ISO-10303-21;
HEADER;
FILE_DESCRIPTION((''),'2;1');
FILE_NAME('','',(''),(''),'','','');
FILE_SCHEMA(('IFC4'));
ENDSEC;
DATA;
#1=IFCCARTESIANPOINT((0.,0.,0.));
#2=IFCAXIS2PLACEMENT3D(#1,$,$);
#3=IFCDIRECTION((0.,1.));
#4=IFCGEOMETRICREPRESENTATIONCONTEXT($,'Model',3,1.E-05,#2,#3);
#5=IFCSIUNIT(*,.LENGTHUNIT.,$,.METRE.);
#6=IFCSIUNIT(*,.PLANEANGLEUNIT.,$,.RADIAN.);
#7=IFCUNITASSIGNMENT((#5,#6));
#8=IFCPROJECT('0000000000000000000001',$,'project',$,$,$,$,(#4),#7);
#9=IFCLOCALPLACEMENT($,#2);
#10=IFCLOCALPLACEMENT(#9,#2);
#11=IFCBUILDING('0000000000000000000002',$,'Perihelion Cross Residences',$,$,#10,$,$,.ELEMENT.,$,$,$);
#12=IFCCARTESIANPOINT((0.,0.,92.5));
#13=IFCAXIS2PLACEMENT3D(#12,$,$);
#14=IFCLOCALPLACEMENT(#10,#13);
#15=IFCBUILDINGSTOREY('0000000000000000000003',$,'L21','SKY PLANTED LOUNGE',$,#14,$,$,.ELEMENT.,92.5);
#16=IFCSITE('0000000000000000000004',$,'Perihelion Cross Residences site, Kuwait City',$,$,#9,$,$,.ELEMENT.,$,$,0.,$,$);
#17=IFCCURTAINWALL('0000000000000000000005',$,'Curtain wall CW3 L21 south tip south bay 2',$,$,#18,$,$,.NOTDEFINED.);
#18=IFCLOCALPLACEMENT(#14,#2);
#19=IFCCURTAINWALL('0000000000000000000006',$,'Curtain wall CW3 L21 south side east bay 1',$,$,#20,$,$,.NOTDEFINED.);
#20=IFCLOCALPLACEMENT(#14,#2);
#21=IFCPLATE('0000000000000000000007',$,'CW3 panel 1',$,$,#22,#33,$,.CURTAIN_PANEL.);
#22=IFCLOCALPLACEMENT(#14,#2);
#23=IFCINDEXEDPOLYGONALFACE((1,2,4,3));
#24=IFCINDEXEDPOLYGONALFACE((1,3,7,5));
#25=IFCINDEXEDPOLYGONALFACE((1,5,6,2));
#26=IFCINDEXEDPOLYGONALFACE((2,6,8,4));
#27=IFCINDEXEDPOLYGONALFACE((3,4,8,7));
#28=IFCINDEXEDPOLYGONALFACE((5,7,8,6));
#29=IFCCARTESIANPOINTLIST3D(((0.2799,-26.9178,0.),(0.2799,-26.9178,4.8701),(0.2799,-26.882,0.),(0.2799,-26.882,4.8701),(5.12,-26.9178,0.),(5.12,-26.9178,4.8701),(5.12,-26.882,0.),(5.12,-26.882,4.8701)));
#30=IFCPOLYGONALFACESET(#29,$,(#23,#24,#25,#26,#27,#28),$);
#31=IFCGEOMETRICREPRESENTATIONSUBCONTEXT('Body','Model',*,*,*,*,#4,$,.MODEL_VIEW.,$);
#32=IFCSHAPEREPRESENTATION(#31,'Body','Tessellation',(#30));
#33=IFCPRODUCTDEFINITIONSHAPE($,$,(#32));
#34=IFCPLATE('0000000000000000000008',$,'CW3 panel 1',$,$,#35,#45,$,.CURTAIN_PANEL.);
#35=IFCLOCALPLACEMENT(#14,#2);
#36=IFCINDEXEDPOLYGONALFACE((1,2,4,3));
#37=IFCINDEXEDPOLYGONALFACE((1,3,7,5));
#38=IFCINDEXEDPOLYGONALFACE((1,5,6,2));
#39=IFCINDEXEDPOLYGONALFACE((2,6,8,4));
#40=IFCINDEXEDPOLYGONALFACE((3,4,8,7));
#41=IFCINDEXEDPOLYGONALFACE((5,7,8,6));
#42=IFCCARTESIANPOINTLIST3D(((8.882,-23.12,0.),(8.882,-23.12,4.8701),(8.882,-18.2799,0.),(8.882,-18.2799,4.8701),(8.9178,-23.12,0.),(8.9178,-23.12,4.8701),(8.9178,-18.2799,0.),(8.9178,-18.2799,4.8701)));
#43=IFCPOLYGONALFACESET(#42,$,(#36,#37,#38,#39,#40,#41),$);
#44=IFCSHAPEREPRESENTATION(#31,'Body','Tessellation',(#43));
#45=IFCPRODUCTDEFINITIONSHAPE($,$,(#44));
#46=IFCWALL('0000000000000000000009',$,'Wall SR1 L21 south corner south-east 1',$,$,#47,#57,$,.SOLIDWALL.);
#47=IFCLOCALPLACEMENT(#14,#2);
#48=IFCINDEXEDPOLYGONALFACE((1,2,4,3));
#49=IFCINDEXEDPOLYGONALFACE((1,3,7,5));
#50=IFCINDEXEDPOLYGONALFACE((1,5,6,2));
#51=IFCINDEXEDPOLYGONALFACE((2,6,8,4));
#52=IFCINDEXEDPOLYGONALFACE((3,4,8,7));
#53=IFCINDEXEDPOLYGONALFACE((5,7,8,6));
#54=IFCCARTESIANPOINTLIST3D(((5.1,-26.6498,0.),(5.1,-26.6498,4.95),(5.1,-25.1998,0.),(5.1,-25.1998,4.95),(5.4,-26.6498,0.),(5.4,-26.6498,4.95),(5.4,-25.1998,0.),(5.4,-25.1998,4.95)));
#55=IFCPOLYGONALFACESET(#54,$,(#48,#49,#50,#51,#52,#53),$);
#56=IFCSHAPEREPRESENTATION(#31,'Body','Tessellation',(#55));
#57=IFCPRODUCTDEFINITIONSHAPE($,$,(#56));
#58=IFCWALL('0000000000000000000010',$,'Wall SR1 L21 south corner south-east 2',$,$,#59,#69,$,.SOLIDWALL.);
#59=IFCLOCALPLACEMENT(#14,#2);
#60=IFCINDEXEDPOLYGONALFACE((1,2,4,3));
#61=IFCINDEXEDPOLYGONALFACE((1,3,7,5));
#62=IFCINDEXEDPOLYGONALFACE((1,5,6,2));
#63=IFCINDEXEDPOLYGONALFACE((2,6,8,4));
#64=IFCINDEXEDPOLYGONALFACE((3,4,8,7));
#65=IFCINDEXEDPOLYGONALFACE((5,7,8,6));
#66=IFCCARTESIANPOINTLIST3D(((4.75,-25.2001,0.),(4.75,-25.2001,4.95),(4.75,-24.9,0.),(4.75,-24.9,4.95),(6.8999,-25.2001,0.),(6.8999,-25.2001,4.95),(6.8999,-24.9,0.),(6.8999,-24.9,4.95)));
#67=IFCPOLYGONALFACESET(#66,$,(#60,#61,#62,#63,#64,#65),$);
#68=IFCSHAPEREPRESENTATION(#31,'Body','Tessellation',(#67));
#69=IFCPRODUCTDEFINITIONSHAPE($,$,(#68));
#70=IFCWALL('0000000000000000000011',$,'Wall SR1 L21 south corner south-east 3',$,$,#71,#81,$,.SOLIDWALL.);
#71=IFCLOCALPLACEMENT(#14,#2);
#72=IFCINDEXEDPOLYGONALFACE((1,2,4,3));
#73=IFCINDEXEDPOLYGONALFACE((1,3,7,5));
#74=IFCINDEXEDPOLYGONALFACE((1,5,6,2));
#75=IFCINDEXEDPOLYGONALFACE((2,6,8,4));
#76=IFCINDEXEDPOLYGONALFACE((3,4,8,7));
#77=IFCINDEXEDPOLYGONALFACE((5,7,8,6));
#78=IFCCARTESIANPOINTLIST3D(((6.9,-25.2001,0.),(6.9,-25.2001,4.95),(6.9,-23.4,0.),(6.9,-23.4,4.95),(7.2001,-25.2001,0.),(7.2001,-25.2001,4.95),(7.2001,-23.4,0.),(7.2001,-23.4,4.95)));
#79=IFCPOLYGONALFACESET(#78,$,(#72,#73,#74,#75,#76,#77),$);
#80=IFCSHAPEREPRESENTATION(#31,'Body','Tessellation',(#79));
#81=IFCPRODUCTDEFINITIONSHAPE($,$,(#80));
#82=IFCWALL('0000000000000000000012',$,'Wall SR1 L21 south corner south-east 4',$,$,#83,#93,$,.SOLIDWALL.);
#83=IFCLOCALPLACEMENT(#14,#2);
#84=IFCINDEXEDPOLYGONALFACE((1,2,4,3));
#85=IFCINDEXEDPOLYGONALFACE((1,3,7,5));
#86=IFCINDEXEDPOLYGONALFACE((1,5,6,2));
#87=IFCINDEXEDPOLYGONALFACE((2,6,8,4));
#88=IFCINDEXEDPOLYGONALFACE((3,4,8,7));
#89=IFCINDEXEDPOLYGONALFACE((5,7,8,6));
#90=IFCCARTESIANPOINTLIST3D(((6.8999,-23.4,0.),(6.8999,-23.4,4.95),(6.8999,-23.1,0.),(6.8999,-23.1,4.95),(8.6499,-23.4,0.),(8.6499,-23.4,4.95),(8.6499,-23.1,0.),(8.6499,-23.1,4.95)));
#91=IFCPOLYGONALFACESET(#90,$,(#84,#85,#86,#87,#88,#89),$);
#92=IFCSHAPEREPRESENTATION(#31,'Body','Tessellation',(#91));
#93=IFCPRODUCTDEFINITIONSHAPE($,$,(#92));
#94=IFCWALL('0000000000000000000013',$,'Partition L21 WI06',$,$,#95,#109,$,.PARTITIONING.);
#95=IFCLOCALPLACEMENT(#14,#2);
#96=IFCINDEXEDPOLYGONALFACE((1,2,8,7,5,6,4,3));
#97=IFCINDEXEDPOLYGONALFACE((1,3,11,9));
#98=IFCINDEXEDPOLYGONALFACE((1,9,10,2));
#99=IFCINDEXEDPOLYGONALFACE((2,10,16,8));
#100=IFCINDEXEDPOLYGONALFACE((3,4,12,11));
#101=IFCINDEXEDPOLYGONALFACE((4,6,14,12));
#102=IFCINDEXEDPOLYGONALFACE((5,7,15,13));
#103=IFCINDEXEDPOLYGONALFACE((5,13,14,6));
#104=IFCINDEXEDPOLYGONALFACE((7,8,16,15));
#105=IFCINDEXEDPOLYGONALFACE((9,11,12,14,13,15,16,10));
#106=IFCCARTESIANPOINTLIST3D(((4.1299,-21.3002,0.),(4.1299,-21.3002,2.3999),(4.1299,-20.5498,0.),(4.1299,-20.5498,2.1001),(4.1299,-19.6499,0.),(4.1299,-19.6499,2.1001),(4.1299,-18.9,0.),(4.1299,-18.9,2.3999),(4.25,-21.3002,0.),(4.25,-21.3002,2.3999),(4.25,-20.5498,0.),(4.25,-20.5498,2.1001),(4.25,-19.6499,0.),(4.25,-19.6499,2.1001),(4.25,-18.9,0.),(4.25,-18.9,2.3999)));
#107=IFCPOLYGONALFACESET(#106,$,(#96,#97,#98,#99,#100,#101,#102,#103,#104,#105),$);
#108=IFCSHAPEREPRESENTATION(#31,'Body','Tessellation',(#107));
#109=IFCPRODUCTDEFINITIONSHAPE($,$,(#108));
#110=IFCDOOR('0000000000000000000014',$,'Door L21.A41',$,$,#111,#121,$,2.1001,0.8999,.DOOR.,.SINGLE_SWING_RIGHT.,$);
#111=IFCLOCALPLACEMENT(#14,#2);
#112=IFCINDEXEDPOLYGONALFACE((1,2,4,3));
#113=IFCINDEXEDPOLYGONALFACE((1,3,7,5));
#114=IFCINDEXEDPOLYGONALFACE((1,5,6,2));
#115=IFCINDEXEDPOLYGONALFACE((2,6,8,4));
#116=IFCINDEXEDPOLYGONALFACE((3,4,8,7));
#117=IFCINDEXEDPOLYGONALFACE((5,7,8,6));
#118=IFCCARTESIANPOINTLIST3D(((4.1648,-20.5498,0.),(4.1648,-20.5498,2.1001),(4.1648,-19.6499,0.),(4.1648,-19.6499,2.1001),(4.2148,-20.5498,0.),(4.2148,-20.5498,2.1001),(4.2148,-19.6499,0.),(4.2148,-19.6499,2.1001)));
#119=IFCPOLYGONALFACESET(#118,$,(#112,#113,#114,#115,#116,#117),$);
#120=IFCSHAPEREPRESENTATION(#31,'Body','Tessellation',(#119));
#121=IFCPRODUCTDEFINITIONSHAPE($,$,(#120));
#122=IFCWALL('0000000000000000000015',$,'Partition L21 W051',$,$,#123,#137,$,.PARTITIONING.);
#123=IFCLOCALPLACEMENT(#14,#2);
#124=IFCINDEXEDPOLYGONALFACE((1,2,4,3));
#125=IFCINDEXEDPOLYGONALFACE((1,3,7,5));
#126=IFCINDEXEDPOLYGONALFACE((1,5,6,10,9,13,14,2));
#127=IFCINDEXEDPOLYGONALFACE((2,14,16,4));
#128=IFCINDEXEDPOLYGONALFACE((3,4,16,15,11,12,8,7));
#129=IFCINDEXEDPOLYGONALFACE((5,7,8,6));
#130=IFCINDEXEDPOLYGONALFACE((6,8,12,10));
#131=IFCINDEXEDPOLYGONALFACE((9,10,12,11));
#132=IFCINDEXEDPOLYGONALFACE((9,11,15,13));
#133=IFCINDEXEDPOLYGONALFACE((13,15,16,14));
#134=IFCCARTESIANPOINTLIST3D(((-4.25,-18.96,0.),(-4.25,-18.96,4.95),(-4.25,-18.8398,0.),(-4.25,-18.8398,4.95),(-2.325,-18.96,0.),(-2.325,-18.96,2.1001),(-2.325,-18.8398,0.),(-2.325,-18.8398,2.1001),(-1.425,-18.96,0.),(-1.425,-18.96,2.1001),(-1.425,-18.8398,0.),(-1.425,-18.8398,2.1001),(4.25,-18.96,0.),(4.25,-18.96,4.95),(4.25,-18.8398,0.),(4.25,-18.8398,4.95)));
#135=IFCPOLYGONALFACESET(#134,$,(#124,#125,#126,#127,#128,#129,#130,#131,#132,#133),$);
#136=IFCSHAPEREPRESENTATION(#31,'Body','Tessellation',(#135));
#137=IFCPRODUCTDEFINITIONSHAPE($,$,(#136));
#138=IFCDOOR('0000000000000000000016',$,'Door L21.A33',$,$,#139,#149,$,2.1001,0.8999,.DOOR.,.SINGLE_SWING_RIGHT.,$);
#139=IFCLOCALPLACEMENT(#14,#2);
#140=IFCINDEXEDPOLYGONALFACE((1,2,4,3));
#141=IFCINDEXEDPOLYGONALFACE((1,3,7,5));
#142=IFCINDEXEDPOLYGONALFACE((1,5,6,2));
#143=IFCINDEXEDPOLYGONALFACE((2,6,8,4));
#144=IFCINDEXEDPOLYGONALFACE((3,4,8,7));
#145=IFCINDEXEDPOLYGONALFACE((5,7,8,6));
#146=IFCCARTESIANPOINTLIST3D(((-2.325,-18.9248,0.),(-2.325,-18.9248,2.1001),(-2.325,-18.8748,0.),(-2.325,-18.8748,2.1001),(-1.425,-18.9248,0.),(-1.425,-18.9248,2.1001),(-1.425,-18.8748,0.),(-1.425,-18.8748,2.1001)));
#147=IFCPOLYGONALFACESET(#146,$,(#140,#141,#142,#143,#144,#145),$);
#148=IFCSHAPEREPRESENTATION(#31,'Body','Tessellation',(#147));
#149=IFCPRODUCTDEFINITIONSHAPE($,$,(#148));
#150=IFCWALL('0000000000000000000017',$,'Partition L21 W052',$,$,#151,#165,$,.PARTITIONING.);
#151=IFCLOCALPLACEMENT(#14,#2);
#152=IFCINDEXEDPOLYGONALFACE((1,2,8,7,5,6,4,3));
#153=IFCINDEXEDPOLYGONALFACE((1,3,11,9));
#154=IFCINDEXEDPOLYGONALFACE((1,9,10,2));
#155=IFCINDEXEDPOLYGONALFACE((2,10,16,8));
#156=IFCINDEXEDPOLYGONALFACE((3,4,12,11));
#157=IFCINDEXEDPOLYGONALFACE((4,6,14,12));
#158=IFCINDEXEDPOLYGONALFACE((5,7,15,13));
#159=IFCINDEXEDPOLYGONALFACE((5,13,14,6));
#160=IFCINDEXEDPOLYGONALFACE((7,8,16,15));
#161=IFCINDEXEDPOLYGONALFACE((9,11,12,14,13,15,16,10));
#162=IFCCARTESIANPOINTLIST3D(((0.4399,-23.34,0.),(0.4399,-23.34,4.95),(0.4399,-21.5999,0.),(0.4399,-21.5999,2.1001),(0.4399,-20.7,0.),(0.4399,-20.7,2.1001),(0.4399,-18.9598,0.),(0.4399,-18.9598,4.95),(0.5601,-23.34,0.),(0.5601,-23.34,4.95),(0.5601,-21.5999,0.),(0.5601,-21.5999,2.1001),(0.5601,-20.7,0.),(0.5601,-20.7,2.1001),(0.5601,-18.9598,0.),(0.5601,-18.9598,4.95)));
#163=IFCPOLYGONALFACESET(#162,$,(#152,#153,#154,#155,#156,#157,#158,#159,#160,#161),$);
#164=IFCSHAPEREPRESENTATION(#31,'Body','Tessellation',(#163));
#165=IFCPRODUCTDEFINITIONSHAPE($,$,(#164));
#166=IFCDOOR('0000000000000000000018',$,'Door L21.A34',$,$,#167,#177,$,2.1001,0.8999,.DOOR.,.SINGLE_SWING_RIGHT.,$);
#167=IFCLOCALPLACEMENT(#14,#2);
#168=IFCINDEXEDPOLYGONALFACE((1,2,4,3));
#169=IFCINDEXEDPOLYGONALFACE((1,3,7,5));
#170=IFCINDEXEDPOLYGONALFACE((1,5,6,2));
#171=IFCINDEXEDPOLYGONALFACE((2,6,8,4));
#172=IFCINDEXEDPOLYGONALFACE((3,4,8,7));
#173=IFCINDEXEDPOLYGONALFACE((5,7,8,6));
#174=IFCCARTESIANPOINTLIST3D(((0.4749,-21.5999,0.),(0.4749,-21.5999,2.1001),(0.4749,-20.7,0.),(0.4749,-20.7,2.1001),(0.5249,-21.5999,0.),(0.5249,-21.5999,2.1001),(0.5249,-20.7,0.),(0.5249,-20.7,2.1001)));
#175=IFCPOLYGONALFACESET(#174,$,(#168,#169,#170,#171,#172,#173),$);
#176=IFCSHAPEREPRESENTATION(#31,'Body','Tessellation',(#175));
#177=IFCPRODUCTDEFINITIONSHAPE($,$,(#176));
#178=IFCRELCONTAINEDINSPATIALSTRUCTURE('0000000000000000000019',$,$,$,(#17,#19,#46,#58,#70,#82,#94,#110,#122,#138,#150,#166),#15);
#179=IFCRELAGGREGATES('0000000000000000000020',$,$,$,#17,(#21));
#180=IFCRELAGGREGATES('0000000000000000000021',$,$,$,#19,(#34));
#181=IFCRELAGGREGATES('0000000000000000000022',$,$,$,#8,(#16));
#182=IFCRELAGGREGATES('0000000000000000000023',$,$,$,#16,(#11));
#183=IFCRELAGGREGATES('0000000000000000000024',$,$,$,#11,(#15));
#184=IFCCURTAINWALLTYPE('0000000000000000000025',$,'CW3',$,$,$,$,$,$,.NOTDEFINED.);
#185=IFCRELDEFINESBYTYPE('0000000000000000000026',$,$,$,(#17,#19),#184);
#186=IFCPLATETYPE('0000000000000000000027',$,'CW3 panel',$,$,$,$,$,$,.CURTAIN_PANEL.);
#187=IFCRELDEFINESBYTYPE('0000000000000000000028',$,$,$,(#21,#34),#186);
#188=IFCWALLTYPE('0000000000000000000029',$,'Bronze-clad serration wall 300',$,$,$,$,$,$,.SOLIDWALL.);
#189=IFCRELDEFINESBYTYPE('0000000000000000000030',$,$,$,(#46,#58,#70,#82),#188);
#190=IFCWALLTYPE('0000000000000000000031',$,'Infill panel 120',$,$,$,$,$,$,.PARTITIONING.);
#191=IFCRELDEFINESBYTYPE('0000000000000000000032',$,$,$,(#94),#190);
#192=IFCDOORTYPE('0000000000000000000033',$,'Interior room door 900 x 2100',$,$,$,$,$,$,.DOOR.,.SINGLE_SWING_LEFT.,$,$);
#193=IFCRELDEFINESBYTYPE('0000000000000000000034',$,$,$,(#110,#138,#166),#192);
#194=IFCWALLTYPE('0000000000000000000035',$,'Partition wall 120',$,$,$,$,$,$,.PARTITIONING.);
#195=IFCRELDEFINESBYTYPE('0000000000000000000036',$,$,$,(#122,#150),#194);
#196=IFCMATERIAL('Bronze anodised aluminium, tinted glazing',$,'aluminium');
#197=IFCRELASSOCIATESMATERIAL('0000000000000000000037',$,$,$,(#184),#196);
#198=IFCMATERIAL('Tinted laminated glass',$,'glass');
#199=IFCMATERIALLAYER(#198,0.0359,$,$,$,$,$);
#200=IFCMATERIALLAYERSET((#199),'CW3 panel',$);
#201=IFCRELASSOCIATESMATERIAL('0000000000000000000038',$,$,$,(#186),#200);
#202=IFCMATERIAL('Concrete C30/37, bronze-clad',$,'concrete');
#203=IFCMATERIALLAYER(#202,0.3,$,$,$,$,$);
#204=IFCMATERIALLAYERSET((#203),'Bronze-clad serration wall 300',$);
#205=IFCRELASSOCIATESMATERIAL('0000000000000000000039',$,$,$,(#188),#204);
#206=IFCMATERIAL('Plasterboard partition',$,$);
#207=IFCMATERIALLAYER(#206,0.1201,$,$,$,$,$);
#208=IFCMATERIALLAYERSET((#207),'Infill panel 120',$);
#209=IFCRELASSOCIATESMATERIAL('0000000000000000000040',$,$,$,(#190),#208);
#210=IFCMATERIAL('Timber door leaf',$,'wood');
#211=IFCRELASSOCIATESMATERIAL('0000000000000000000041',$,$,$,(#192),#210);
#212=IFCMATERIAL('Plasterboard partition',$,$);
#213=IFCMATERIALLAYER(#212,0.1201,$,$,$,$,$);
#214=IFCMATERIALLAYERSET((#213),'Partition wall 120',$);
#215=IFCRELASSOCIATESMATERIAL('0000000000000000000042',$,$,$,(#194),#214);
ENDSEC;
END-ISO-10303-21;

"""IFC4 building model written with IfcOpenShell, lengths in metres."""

from ifc_helpers import new_model, si_unit, direction, frame, frame_2d, origin, origin_2d, place, context, subcontext, project, spatial, rectangle, extrude, material, layer, layer_set, type_object, element, fill, aggregate, save


model = new_model("IFC4")

# Units and contexts
model_context = context("Model", 3, precision=1e-05, world=origin(), true_north=direction((0.0, 1.0)))
body_context = subcontext(model_context, "Body", "Model", "MODEL_VIEW")
ifc_project = project(units=[si_unit("LENGTHUNIT", "METRE"), si_unit("PLANEANGLEUNIT", "RADIAN")], contexts=[model_context])

# Site, building, storey
site_placement = place(None, origin())
site = spatial("IfcSite", under=ifc_project, at=site_placement, Name="Perihelion Cross Residences site, Kuwait City", CompositionType="ELEMENT", RefElevation=0.0)
building_placement = place(site_placement, origin())
building = spatial("IfcBuilding", under=site, at=building_placement, Name="Perihelion Cross Residences", CompositionType="ELEMENT")
storey_placement = place(building_placement, frame((0.0, 0.0, 92.5)))
storey = spatial("IfcBuildingStorey", under=building, at=storey_placement, Name="L21", Description="SKY PLANTED LOUNGE", CompositionType="ELEMENT", Elevation=92.5)

# Curtain walls
ifc_material_1 = material(Name="Bronze anodised aluminium, tinted glazing", Category="aluminium")
curtain_wall_type = type_object("IfcCurtainWallType", Name="CW3", PredefinedType="NOTDEFINED", material=ifc_material_1)
curtain_wall_1_placement = place(storey_placement, origin())
curtain_wall_1 = element("IfcCurtainWall", 1, at=curtain_wall_1_placement, inside=storey, type_object=curtain_wall_type, Name="Curtain wall CW3 L21 south tip south bay 2", PredefinedType="NOTDEFINED")
curtain_wall_2_placement = place(storey_placement, origin())
curtain_wall_2 = element("IfcCurtainWall", 2, at=curtain_wall_2_placement, inside=storey, type_object=curtain_wall_type, Name="Curtain wall CW3 L21 south side east bay 1", PredefinedType="NOTDEFINED")

# Plates
ifc_material_2 = material(Name="Tinted laminated glass", Category="glass")
ifc_layer_1 = layer(ifc_material_2, 0.0359)
ifc_layer_set_1 = layer_set([ifc_layer_1], Name="CW3 panel")
plate_type = type_object("IfcPlateType", Name="CW3 panel", PredefinedType="CURTAIN_PANEL", material=ifc_layer_set_1)
plate_1_placement = place(storey_placement, frame((2.7, -26.8999, 0.0), z_axis=(0.0, 0.0, 1.0), x_axis=(1.0, 0.0, 0.0)))
plate_1 = element("IfcPlate", 3, at=plate_1_placement, type_object=plate_type, Name="CW3 panel 1", PredefinedType="CURTAIN_PANEL", context=body_context, shape_type="SweptSolid", body=[
    extrude(rectangle(XDim=4.8401, YDim=0.0359, at=origin_2d()), origin(), (0.0, 0.0, 1.0), 4.8701),
])
aggregate(curtain_wall_1, [plate_1])
plate_2_placement = place(storey_placement, frame((8.8999, -20.7, 0.0), z_axis=(0.0, 0.0, 1.0), x_axis=(0.0, 1.0, 0.0)))
plate_2 = element("IfcPlate", 4, at=plate_2_placement, type_object=plate_type, Name="CW3 panel 1", PredefinedType="CURTAIN_PANEL", context=body_context, shape_type="SweptSolid", body=[
    extrude(rectangle(XDim=4.8401, YDim=0.0359, at=origin_2d()), origin(), (0.0, 0.0, 1.0), 4.8701),
])
aggregate(curtain_wall_2, [plate_2])

# Walls
ifc_material_3 = material(Name="Concrete C30/37, bronze-clad", Category="concrete")
ifc_layer_2 = layer(ifc_material_3, 0.3)
ifc_layer_set_2 = layer_set([ifc_layer_2], Name="Bronze-clad serration wall 300")
wall_type_1 = type_object("IfcWallType", Name="Bronze-clad serration wall 300", PredefinedType="SOLIDWALL", material=ifc_layer_set_2)
wall_1_placement = place(storey_placement, frame((5.25, -26.6499, 0.0), z_axis=(0.0, 0.0, 1.0), x_axis=(0.0, 1.0, 0.0)))
element("IfcWall", 5, at=wall_1_placement, inside=storey, type_object=wall_type_1, Name="Wall SR1 L21 south corner south-east 1", PredefinedType="SOLIDWALL", context=body_context, shape_type="SweptSolid", body=[
    extrude(rectangle(XDim=1.45, YDim=0.3, at=frame_2d((0.7251, 0.0))), origin(), (0.0, 0.0, 1.0), 4.95),
])
wall_2_placement = place(storey_placement, frame((4.75, -25.05, 0.0), z_axis=(0.0, 0.0, 1.0), x_axis=(1.0, 0.0, 0.0)))
element("IfcWall", 6, at=wall_2_placement, inside=storey, type_object=wall_type_1, Name="Wall SR1 L21 south corner south-east 2", PredefinedType="SOLIDWALL", context=body_context, shape_type="SweptSolid", body=[
    extrude(rectangle(XDim=2.1499, YDim=0.3, at=frame_2d((1.075, 0.0))), origin(), (0.0, 0.0, 1.0), 4.95),
])
wall_3_placement = place(storey_placement, frame((7.05, -25.2, 0.0), z_axis=(0.0, 0.0, 1.0), x_axis=(0.0, 1.0, 0.0)))
element("IfcWall", 7, at=wall_3_placement, inside=storey, type_object=wall_type_1, Name="Wall SR1 L21 south corner south-east 3", PredefinedType="SOLIDWALL", context=body_context, shape_type="SweptSolid", body=[
    extrude(rectangle(XDim=1.8, YDim=0.3, at=frame_2d((0.8999, 0.0))), origin(), (0.0, 0.0, 1.0), 4.95),
])
wall_4_placement = place(storey_placement, frame((6.8999, -23.25, 0.0), z_axis=(0.0, 0.0, 1.0), x_axis=(1.0, 0.0, 0.0)))
element("IfcWall", 8, at=wall_4_placement, inside=storey, type_object=wall_type_1, Name="Wall SR1 L21 south corner south-east 4", PredefinedType="SOLIDWALL", context=body_context, shape_type="SweptSolid", body=[
    extrude(rectangle(XDim=1.75, YDim=0.3, at=frame_2d((0.875, 0.0))), origin(), (0.0, 0.0, 1.0), 4.95),
])

# Walls, openings, doors
ifc_material_4 = material(Name="Plasterboard partition")
ifc_layer_3 = layer(ifc_material_4, 0.1201)
ifc_layer_set_3 = layer_set([ifc_layer_3], Name="Infill panel 120")
wall_type_2 = type_object("IfcWallType", Name="Infill panel 120", PredefinedType="PARTITIONING", material=ifc_layer_set_3)
wall_5_placement = place(storey_placement, frame((4.1899, -18.8999, 0.0), z_axis=(0.0, 0.0, 1.0), x_axis=(0.0, -1.0, 0.0)))
wall_5 = element("IfcWall", 9, at=wall_5_placement, inside=storey, type_object=wall_type_2, Name="Partition L21 WI06", PredefinedType="PARTITIONING", context=body_context, shape_type="SweptSolid", body=[
    extrude(rectangle(XDim=2.4001, YDim=0.1201, at=frame_2d((1.2002, 0.0))), origin(), (0.0, 0.0, 1.0), 2.3999),
])
opening_1_placement = place(wall_5_placement, frame((0.75, 0.0, 0.0)))
opening_1 = element("IfcOpeningElement", 10, at=opening_1_placement, cuts=wall_5, PredefinedType="OPENING", context=body_context, shape_type="SweptSolid", body=[
    extrude(rectangle(XDim=0.8999, YDim=2.1001, at=frame_2d((0.45, 1.05))), frame((0.0, 0.0701, 0.0), z_axis=(0.0, -1.0, 0.0), x_axis=(1.0, 0.0, 0.0)), (0.0, 0.0, 1.0), 0.1401),
])
ifc_material_5 = material(Name="Timber door leaf", Category="wood")
door_type_1 = type_object("IfcDoorType", Name="Interior room door 900 x 2100", OperationType="SINGLE_SWING_LEFT", PredefinedType="DOOR", material=ifc_material_5)
door_1_placement = place(opening_1_placement, origin())
door_1 = element("IfcDoor", 11, at=door_1_placement, inside=storey, type_object=door_type_1, Name="Door L21.A41", OperationType="SINGLE_SWING_RIGHT", OverallHeight=2.1001, OverallWidth=0.8999, PredefinedType="DOOR", context=body_context, shape_type="SweptSolid", body=[
    extrude(rectangle(XDim=0.8999, YDim=2.1001, at=frame_2d((0.45, 1.05))), frame((0.0, 0.0249, 0.0), z_axis=(0.0, -1.0, 0.0), x_axis=(1.0, 0.0, 0.0)), (0.0, 0.0, 1.0), 0.05),
])
fill(opening_1, door_1)
ifc_material_6 = material(Name="Plasterboard partition")
ifc_layer_4 = layer(ifc_material_6, 0.1201)
ifc_layer_set_4 = layer_set([ifc_layer_4], Name="Partition wall 120")
wall_type_3 = type_object("IfcWallType", Name="Partition wall 120", PredefinedType="PARTITIONING", material=ifc_layer_set_4)
wall_6_placement = place(storey_placement, frame((4.25, -18.8999, 0.0), z_axis=(0.0, 0.0, 1.0), x_axis=(-1.0, 0.0, 0.0)))
wall_6 = element("IfcWall", 12, at=wall_6_placement, inside=storey, type_object=wall_type_3, Name="Partition L21 W051", PredefinedType="PARTITIONING", context=body_context, shape_type="SweptSolid", body=[
    extrude(rectangle(XDim=8.5, YDim=0.1201, at=frame_2d((4.25, 0.0))), origin(), (0.0, 0.0, 1.0), 4.95),
])
opening_2_placement = place(wall_6_placement, frame((5.675, 0.0, 0.0)))
opening_2 = element("IfcOpeningElement", 13, at=opening_2_placement, cuts=wall_6, PredefinedType="OPENING", context=body_context, shape_type="SweptSolid", body=[
    extrude(rectangle(XDim=0.8999, YDim=2.1001, at=frame_2d((0.45, 1.05))), frame((0.0, 0.0701, 0.0), z_axis=(0.0, -1.0, 0.0), x_axis=(1.0, 0.0, 0.0)), (0.0, 0.0, 1.0), 0.1401),
])
door_2_placement = place(opening_2_placement, origin())
door_2 = element("IfcDoor", 14, at=door_2_placement, inside=storey, type_object=door_type_1, Name="Door L21.A33", OperationType="SINGLE_SWING_RIGHT", OverallHeight=2.1001, OverallWidth=0.8999, PredefinedType="DOOR", context=body_context, shape_type="SweptSolid", body=[
    extrude(rectangle(XDim=0.8999, YDim=2.1001, at=frame_2d((0.45, 1.05))), frame((0.0, 0.0249, 0.0), z_axis=(0.0, -1.0, 0.0), x_axis=(1.0, 0.0, 0.0)), (0.0, 0.0, 1.0), 0.05),
])
fill(opening_2, door_2)
wall_7_placement = place(storey_placement, frame((0.5, -18.96, 0.0), z_axis=(0.0, 0.0, 1.0), x_axis=(0.0, -1.0, 0.0)))
wall_7 = element("IfcWall", 15, at=wall_7_placement, inside=storey, type_object=wall_type_3, Name="Partition L21 W052", PredefinedType="PARTITIONING", context=body_context, shape_type="SweptSolid", body=[
    extrude(rectangle(XDim=4.3801, YDim=0.1201, at=frame_2d((2.1899, 0.0))), origin(), (0.0, 0.0, 1.0), 4.95),
])
opening_3_placement = place(wall_7_placement, frame((1.74, 0.0, 0.0)))
opening_3 = element("IfcOpeningElement", 16, at=opening_3_placement, cuts=wall_7, PredefinedType="OPENING", context=body_context, shape_type="SweptSolid", body=[
    extrude(rectangle(XDim=0.8999, YDim=2.1001, at=frame_2d((0.45, 1.05))), frame((0.0, 0.0701, 0.0), z_axis=(0.0, -1.0, 0.0), x_axis=(1.0, 0.0, 0.0)), (0.0, 0.0, 1.0), 0.1401),
])
door_3_placement = place(opening_3_placement, origin())
door_3 = element("IfcDoor", 17, at=door_3_placement, inside=storey, type_object=door_type_1, Name="Door L21.A34", OperationType="SINGLE_SWING_RIGHT", OverallHeight=2.1001, OverallWidth=0.8999, PredefinedType="DOOR", context=body_context, shape_type="SweptSolid", body=[
    extrude(rectangle(XDim=0.8999, YDim=2.1001, at=frame_2d((0.45, 1.05))), frame((0.0, 0.0249, 0.0), z_axis=(0.0, -1.0, 0.0), x_axis=(1.0, 0.0, 0.0)), (0.0, 0.0, 1.0), 0.05),
])
fill(opening_3, door_3)

save(model, "model.ifc")
